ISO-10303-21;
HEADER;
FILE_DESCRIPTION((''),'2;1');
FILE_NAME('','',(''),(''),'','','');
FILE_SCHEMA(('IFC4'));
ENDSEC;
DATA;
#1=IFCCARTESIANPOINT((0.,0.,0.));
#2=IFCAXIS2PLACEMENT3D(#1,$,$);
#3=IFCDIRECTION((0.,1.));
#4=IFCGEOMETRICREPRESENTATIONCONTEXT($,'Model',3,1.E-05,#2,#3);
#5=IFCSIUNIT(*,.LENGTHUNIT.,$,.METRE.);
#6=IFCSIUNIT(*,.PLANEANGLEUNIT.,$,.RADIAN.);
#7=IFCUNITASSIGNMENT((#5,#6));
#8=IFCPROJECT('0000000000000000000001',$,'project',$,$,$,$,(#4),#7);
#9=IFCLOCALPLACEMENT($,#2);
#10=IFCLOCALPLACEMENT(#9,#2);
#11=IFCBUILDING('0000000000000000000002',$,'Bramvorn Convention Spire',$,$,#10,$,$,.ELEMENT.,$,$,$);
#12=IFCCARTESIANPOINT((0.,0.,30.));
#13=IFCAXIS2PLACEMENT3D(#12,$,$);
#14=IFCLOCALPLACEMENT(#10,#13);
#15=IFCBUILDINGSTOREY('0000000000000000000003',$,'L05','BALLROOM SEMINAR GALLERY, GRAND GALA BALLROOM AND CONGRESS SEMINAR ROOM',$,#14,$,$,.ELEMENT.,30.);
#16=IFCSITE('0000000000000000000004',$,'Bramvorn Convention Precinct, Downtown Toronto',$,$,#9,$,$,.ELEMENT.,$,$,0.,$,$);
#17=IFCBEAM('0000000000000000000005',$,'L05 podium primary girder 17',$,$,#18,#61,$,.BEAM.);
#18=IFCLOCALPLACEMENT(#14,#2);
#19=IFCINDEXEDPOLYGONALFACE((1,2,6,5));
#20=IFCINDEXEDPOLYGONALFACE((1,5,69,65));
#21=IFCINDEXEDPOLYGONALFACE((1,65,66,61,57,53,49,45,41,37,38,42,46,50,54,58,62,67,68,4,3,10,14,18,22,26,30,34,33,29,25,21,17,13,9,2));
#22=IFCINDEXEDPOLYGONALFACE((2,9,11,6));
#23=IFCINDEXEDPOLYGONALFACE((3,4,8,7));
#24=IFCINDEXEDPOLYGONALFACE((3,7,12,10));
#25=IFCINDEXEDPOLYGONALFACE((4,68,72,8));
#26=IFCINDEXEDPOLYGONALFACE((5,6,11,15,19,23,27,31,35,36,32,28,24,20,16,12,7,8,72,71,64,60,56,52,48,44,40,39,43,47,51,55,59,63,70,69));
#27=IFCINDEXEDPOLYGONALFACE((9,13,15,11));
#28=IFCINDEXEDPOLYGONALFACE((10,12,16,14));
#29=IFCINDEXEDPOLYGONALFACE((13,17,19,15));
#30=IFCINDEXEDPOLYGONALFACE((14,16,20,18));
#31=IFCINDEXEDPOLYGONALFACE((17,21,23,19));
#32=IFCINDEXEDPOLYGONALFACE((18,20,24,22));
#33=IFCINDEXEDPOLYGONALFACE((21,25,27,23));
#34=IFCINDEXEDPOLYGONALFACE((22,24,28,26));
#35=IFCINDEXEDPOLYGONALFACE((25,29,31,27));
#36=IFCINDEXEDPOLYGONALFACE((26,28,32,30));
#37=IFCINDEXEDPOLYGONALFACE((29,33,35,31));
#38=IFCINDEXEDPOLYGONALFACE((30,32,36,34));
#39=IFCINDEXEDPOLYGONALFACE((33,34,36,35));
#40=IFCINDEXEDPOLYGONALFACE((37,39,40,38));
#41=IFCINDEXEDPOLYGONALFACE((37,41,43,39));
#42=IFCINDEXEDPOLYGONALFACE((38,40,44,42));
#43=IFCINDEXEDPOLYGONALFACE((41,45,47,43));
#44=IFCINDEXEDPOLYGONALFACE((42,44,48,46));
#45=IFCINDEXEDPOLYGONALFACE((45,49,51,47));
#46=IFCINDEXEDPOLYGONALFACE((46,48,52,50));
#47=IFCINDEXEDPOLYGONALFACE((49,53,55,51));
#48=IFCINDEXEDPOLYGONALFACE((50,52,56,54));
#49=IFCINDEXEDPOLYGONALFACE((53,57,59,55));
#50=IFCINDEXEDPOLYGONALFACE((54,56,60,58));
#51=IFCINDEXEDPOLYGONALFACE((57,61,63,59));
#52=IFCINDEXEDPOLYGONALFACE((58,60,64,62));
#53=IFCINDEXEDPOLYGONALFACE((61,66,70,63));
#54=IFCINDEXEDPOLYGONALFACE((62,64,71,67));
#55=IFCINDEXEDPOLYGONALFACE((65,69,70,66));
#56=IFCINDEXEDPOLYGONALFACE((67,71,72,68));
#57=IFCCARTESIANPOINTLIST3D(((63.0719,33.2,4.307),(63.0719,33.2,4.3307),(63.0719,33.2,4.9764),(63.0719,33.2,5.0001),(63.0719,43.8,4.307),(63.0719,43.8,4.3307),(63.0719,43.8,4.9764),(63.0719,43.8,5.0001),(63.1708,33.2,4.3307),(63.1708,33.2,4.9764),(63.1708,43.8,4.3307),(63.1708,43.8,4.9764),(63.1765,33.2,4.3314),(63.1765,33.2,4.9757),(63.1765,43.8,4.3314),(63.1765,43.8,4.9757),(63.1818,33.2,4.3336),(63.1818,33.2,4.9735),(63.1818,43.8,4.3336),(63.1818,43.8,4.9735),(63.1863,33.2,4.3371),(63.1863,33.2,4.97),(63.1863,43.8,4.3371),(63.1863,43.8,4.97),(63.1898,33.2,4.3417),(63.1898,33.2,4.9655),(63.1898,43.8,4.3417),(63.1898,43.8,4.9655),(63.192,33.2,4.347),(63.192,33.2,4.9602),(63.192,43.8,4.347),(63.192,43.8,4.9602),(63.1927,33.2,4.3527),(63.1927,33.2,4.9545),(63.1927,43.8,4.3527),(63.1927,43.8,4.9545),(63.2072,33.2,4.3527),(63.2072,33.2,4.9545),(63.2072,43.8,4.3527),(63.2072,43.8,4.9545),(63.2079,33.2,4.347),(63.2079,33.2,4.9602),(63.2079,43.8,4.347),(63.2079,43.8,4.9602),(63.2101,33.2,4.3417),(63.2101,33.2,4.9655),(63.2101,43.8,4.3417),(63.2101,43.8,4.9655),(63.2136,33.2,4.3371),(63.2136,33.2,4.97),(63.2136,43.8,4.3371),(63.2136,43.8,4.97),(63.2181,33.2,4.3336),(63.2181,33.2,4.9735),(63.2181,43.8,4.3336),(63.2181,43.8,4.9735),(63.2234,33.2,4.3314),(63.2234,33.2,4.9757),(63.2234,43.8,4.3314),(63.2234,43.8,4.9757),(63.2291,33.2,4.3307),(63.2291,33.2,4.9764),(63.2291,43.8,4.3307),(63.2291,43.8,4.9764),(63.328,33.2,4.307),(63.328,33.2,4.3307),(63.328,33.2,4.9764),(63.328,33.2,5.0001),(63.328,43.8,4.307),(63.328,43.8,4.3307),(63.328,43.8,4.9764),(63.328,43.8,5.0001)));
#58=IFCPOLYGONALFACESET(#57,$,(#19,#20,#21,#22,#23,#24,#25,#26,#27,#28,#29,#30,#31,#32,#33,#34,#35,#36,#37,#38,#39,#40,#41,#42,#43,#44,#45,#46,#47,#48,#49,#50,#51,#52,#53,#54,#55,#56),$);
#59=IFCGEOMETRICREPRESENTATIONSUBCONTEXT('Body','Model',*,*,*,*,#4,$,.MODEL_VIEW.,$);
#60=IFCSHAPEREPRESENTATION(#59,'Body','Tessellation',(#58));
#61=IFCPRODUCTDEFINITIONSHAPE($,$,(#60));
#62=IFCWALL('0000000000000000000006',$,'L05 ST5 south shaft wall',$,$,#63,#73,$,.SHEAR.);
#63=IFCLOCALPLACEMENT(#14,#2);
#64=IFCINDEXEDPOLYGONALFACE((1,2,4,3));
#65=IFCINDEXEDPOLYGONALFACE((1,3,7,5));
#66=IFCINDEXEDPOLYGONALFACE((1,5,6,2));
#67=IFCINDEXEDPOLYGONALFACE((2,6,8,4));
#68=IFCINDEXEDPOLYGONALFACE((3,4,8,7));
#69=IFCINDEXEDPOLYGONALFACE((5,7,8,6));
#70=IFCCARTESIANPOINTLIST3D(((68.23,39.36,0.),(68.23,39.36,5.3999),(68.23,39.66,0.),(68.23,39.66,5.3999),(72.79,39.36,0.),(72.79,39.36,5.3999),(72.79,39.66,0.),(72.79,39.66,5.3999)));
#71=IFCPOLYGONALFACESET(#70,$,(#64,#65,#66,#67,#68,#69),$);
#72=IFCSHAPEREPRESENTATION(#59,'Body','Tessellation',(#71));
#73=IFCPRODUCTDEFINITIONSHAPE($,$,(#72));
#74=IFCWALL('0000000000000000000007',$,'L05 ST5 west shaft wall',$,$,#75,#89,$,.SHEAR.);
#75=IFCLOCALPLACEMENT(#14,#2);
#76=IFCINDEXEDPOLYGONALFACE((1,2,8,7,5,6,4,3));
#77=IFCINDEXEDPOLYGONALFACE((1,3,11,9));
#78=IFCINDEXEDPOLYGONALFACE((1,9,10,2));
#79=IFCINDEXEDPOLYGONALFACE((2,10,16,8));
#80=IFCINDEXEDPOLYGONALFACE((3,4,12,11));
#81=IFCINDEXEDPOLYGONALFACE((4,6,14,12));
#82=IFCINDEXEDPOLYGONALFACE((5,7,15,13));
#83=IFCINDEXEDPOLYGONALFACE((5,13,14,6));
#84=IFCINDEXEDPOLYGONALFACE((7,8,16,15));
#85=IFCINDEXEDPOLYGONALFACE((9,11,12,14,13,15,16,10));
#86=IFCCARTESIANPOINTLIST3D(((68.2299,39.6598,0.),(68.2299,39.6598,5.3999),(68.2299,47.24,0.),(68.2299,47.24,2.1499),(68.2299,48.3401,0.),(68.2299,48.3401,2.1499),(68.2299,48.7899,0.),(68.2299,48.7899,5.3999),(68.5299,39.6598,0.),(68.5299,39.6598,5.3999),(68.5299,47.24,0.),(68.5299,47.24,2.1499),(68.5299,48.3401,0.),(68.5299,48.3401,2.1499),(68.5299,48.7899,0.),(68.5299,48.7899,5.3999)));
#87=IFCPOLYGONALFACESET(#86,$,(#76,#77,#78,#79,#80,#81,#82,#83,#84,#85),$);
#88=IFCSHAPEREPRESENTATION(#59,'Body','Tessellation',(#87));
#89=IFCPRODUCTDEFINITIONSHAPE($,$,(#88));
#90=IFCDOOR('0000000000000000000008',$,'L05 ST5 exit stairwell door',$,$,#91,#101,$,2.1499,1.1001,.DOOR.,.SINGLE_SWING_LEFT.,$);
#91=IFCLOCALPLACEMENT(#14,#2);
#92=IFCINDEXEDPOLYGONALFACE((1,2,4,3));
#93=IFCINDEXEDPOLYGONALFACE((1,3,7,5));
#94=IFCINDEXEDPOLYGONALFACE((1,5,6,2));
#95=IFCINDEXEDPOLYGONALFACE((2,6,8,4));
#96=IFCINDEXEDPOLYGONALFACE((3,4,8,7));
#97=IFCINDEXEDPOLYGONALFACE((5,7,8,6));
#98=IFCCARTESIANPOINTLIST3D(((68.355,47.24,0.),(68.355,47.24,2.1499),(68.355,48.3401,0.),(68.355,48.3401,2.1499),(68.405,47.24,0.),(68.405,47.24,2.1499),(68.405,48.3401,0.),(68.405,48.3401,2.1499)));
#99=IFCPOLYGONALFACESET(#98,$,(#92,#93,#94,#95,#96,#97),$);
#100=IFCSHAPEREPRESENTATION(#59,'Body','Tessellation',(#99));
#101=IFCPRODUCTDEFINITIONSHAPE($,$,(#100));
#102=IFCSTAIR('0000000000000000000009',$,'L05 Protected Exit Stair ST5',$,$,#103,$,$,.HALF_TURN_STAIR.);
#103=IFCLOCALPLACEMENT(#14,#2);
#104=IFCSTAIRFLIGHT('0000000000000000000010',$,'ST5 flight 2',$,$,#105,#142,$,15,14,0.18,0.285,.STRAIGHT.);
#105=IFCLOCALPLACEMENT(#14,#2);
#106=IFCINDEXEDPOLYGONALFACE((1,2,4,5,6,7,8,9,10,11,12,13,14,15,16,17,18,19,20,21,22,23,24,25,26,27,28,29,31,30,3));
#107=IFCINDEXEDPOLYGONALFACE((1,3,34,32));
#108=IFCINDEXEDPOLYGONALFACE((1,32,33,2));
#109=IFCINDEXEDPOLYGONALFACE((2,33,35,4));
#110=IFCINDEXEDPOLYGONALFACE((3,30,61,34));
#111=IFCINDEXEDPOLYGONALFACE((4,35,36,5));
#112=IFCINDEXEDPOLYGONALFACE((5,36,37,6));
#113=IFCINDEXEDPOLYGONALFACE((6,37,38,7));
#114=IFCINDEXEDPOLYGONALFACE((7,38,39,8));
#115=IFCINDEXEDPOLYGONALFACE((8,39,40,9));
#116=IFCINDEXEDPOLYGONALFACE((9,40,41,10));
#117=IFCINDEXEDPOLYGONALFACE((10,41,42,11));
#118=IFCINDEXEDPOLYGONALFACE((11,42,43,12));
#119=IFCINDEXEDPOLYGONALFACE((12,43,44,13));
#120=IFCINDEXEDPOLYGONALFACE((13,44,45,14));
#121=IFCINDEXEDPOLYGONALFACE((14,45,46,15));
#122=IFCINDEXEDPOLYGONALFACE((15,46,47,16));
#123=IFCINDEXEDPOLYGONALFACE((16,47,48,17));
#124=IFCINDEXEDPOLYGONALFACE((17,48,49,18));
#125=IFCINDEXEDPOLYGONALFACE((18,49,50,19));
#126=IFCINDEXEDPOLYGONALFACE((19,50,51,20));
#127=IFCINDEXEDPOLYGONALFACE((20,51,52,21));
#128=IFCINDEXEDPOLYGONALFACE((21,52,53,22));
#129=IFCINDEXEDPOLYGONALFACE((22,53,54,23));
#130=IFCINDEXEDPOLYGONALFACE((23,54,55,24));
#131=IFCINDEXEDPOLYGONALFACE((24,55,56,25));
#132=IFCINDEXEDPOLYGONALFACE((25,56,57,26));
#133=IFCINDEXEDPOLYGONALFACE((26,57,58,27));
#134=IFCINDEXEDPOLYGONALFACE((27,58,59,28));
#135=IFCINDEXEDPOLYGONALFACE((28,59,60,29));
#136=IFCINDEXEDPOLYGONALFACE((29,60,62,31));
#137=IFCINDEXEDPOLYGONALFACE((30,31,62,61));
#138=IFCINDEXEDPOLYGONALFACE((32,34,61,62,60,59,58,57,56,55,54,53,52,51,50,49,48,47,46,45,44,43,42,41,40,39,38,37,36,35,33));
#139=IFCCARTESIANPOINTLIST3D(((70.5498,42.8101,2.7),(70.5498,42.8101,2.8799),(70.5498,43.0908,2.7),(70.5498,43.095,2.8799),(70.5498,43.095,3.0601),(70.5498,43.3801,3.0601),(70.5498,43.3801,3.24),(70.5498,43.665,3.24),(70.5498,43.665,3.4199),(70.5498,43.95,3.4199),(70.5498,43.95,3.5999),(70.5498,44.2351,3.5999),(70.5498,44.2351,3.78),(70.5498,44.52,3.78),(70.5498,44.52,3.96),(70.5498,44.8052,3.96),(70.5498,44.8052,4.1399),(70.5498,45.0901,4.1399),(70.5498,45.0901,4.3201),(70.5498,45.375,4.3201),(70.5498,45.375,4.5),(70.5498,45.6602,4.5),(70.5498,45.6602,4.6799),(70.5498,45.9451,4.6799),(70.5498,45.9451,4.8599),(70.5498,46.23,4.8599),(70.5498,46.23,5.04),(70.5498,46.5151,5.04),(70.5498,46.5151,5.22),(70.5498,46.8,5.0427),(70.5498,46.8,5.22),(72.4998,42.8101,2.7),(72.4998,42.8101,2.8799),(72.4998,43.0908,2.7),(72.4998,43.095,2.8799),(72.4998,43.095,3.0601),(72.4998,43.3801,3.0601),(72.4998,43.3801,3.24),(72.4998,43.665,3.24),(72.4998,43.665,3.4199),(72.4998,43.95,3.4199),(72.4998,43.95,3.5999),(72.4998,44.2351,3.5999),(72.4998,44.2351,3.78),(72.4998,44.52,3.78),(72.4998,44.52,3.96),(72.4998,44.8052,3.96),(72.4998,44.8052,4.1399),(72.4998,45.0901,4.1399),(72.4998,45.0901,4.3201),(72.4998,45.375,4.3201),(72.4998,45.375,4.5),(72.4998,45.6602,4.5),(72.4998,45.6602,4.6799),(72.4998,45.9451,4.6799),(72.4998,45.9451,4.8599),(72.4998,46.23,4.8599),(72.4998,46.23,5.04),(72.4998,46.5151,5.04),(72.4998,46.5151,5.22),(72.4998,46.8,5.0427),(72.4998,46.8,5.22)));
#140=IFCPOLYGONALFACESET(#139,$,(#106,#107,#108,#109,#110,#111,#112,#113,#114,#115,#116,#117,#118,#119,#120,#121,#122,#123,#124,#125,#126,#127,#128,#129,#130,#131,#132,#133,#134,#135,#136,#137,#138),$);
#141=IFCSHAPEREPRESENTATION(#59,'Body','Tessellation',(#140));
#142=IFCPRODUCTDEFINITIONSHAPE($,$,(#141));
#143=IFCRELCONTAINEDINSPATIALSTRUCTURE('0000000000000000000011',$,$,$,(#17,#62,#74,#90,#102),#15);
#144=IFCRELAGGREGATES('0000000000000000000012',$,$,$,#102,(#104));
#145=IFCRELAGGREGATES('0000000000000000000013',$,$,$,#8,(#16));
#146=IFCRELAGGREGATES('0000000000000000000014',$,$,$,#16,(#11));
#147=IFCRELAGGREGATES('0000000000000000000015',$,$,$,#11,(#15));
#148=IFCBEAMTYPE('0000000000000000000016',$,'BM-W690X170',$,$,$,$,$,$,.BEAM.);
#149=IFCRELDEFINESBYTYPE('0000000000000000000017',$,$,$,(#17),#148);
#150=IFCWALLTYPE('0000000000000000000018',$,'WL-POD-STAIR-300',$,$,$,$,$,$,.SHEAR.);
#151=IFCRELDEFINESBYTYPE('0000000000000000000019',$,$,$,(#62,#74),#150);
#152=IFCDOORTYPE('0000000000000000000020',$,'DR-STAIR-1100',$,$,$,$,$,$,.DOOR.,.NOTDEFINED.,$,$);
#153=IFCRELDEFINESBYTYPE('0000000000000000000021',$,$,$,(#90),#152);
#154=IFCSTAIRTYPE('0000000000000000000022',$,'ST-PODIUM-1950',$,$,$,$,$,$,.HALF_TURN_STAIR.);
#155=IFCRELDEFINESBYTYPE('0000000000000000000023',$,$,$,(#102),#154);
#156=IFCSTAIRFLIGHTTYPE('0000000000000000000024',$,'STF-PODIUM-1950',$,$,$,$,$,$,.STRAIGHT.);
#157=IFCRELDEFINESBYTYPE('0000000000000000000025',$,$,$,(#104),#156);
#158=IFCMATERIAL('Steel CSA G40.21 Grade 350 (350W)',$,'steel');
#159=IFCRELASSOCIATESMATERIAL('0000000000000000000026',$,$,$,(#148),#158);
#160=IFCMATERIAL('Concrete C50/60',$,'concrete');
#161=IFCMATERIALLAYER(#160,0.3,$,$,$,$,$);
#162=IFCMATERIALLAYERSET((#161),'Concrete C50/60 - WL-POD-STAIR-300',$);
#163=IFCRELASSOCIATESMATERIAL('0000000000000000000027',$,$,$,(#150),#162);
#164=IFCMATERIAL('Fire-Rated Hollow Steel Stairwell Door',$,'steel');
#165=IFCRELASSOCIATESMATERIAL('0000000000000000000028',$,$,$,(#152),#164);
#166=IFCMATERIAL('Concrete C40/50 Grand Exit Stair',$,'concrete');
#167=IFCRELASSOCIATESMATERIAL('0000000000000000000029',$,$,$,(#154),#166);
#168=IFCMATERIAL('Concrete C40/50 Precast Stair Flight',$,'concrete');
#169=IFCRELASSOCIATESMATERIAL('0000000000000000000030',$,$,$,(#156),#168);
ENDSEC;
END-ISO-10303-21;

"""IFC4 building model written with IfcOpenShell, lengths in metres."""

from ifc_helpers import new_model, si_unit, direction, frame, frame_2d, origin, origin_2d, place, context, subcontext, project, spatial, polyline, rectangle, i_section, outline, extrude, material, layer, layer_set, material_profile, profile_set, type_object, element, fill, aggregate, save


model = new_model("IFC4")

# Units and contexts
model_context = context("Model", 3, precision=1e-05, world=origin(), true_north=direction((0.0, 1.0)))
body_context = subcontext(model_context, "Body", "Model", "MODEL_VIEW")
ifc_project = project(units=[si_unit("LENGTHUNIT", "METRE"), si_unit("PLANEANGLEUNIT", "RADIAN")], contexts=[model_context])

# Site, building, storey
site_placement = place(None, origin())
site = spatial("IfcSite", under=ifc_project, at=site_placement, Name="Bramvorn Convention Precinct, Downtown Toronto", CompositionType="ELEMENT", RefElevation=0.0)
building_placement = place(site_placement, origin())
building = spatial("IfcBuilding", under=site, at=building_placement, Name="Bramvorn Convention Spire", CompositionType="ELEMENT")
storey_placement = place(building_placement, frame((0.0, 0.0, 30.0)))
storey = spatial("IfcBuildingStorey", under=building, at=storey_placement, Name="L05", Description="BALLROOM SEMINAR GALLERY, GRAND GALA BALLROOM AND CONGRESS SEMINAR ROOM", CompositionType="ELEMENT", Elevation=30.0)

# Shared definitions
ifc_material_1 = material(Name="Steel CSA G40.21 Grade 350 (350W)", Category="steel")

# Beam
ifc_material_profile_1 = material_profile(ifc_material_1, i_section(OverallWidth=0.2561, OverallDepth=0.6931, WebThickness=0.0144, FlangeThickness=0.0237, FilletRadius=0.022, at=origin_2d()))
ifc_profile_set_1 = profile_set([ifc_material_profile_1], Name="Steel CSA G40.21 Grade 350 (350W) - W690X170")
beam_type_1 = type_object("IfcBeamType", Name="BM-W690X170", PredefinedType="BEAM", material=ifc_profile_set_1)
beam_1_placement = place(storey_placement, frame((63.2, 33.2, 4.6536), z_axis=(0.0, 1.0, 0.0), x_axis=(-1.0, 0.0, 0.0)))
element("IfcBeam", 1, at=beam_1_placement, inside=storey, type_object=beam_type_1, Name="L05 podium primary girder 17", PredefinedType="BEAM", context=body_context, shape_type="SweptSolid", body=[
    extrude(i_section(OverallWidth=0.2561, OverallDepth=0.6931, WebThickness=0.0144, FlangeThickness=0.0237, FilletRadius=0.022, at=origin_2d()), origin(), (0.0, 0.0, 1.0), 10.6001),
])

# Wall
ifc_material_2 = material(Name="Concrete C50/60", Category="concrete")
ifc_layer = layer(ifc_material_2, 0.3)
ifc_layer_set = layer_set([ifc_layer], Name="Concrete C50/60 - WL-POD-STAIR-300")
wall_type = type_object("IfcWallType", Name="WL-POD-STAIR-300", PredefinedType="SHEAR", material=ifc_layer_set)
wall_1_placement = place(storey_placement, frame((68.23, 39.51, 0.0), z_axis=(0.0, 0.0, 1.0), x_axis=(1.0, 0.0, 0.0)))
element("IfcWall", 2, at=wall_1_placement, inside=storey, type_object=wall_type, Name="L05 ST5 south shaft wall", PredefinedType="SHEAR", context=body_context, shape_type="SweptSolid", body=[
    extrude(rectangle(XDim=4.5601, YDim=0.3, at=frame_2d((2.28, 0.0))), origin(), (0.0, 0.0, 1.0), 5.3999),
])

# Wall, opening, door
wall_2_placement = place(storey_placement, frame((68.3799, 39.6599, 0.0), z_axis=(0.0, 0.0, 1.0), x_axis=(0.0, 1.0, 0.0)))
wall_2 = element("IfcWall", 3, at=wall_2_placement, inside=storey, type_object=wall_type, Name="L05 ST5 west shaft wall", PredefinedType="SHEAR", context=body_context, shape_type="SweptSolid", body=[
    extrude(rectangle(XDim=9.1301, YDim=0.3, at=frame_2d((4.5649, 0.0))), origin(), (0.0, 0.0, 1.0), 5.3999),
])
opening_placement = place(wall_2_placement, frame((7.5801, 0.0, 0.0)))
opening = element("IfcOpeningElement", 4, at=opening_placement, cuts=wall_2, PredefinedType="OPENING", context=body_context, shape_type="SweptSolid", body=[
    extrude(rectangle(XDim=1.1001, YDim=2.1499, at=frame_2d((0.55, 1.075))), frame((0.0, 0.1599, 0.0), z_axis=(0.0, -1.0, 0.0), x_axis=(1.0, 0.0, 0.0)), (0.0, 0.0, 1.0), 0.3201),
])
ifc_material_3 = material(Name="Fire-Rated Hollow Steel Stairwell Door", Category="steel")
door_type = type_object("IfcDoorType", Name="DR-STAIR-1100", OperationType="NOTDEFINED", PredefinedType="DOOR", material=ifc_material_3)
door_placement = place(opening_placement, origin())
door = element("IfcDoor", 5, at=door_placement, inside=storey, type_object=door_type, Name="L05 ST5 exit stairwell door", OperationType="SINGLE_SWING_LEFT", OverallHeight=2.1499, OverallWidth=1.1001, PredefinedType="DOOR", context=body_context, shape_type="SweptSolid", body=[
    extrude(rectangle(XDim=1.1001, YDim=2.1499, at=frame_2d((0.55, 1.075))), frame((0.0, 0.0249, 0.0), z_axis=(0.0, -1.0, 0.0), x_axis=(1.0, 0.0, 0.0)), (0.0, 0.0, 1.0), 0.05),
])
fill(opening, door)

# Stair, stair flight
ifc_material_4 = material(Name="Concrete C40/50 Grand Exit Stair", Category="concrete")
stair_type = type_object("IfcStairType", Name="ST-PODIUM-1950", PredefinedType="HALF_TURN_STAIR", material=ifc_material_4)
stair_placement = place(storey_placement, origin())
stair = element("IfcStair", 6, at=stair_placement, inside=storey, type_object=stair_type, Name="L05 Protected Exit Stair ST5", PredefinedType="HALF_TURN_STAIR")
ifc_material_5 = material(Name="Concrete C40/50 Precast Stair Flight", Category="concrete")
stair_flight_type = type_object("IfcStairFlightType", Name="STF-PODIUM-1950", PredefinedType="STRAIGHT", material=ifc_material_5)
stair_flight_placement = place(storey_placement, frame((71.5249, 42.8101, 2.7), z_axis=(0.0, 0.0, 1.0), x_axis=(0.0, 1.0, 0.0)))
stair_flight = element("IfcStairFlight", 7, at=stair_flight_placement, type_object=stair_flight_type, Name="ST5 flight 2", NumberOfRisers=15, NumberOfTreads=14, PredefinedType="STRAIGHT", RiserHeight=0.18, TreadLength=0.285, context=body_context, shape_type="SweptSolid", body=[
    extrude(outline(polyline([(0.0, 0.0), (0.0, 0.1799), (0.2849, 0.1799), (0.2849, 0.3601), (0.5701, 0.3601), (0.5701, 0.54), (0.855, 0.54), (0.855, 0.72), (1.1399, 0.72), (1.1399, 0.8999), (1.425, 0.8999), (1.425, 1.0801), (1.71, 1.0801), (1.71, 1.26), (1.9951, 1.26), (1.9951, 1.4399), (2.28, 1.4399), (2.28, 1.6201), (2.5649, 1.6201), (2.5649, 1.8), (2.8501, 1.8), (2.8501, 1.98), (3.135, 1.98), (3.135, 2.1599), (3.4199, 2.1599), (3.4199, 2.3401), (3.7051, 2.3401), (3.7051, 2.52), (3.99, 2.52), (3.99, 2.7), (3.99, 2.3428), (0.2808, 0.0), (0.0, 0.0)])), frame((0.0, 0.9751, 0.0), z_axis=(0.0, -1.0, 0.0), x_axis=(1.0, 0.0, 0.0)), (0.0, 0.0, 1.0), 1.95),
])
aggregate(stair, [stair_flight])

save(model, "model.ifc")
